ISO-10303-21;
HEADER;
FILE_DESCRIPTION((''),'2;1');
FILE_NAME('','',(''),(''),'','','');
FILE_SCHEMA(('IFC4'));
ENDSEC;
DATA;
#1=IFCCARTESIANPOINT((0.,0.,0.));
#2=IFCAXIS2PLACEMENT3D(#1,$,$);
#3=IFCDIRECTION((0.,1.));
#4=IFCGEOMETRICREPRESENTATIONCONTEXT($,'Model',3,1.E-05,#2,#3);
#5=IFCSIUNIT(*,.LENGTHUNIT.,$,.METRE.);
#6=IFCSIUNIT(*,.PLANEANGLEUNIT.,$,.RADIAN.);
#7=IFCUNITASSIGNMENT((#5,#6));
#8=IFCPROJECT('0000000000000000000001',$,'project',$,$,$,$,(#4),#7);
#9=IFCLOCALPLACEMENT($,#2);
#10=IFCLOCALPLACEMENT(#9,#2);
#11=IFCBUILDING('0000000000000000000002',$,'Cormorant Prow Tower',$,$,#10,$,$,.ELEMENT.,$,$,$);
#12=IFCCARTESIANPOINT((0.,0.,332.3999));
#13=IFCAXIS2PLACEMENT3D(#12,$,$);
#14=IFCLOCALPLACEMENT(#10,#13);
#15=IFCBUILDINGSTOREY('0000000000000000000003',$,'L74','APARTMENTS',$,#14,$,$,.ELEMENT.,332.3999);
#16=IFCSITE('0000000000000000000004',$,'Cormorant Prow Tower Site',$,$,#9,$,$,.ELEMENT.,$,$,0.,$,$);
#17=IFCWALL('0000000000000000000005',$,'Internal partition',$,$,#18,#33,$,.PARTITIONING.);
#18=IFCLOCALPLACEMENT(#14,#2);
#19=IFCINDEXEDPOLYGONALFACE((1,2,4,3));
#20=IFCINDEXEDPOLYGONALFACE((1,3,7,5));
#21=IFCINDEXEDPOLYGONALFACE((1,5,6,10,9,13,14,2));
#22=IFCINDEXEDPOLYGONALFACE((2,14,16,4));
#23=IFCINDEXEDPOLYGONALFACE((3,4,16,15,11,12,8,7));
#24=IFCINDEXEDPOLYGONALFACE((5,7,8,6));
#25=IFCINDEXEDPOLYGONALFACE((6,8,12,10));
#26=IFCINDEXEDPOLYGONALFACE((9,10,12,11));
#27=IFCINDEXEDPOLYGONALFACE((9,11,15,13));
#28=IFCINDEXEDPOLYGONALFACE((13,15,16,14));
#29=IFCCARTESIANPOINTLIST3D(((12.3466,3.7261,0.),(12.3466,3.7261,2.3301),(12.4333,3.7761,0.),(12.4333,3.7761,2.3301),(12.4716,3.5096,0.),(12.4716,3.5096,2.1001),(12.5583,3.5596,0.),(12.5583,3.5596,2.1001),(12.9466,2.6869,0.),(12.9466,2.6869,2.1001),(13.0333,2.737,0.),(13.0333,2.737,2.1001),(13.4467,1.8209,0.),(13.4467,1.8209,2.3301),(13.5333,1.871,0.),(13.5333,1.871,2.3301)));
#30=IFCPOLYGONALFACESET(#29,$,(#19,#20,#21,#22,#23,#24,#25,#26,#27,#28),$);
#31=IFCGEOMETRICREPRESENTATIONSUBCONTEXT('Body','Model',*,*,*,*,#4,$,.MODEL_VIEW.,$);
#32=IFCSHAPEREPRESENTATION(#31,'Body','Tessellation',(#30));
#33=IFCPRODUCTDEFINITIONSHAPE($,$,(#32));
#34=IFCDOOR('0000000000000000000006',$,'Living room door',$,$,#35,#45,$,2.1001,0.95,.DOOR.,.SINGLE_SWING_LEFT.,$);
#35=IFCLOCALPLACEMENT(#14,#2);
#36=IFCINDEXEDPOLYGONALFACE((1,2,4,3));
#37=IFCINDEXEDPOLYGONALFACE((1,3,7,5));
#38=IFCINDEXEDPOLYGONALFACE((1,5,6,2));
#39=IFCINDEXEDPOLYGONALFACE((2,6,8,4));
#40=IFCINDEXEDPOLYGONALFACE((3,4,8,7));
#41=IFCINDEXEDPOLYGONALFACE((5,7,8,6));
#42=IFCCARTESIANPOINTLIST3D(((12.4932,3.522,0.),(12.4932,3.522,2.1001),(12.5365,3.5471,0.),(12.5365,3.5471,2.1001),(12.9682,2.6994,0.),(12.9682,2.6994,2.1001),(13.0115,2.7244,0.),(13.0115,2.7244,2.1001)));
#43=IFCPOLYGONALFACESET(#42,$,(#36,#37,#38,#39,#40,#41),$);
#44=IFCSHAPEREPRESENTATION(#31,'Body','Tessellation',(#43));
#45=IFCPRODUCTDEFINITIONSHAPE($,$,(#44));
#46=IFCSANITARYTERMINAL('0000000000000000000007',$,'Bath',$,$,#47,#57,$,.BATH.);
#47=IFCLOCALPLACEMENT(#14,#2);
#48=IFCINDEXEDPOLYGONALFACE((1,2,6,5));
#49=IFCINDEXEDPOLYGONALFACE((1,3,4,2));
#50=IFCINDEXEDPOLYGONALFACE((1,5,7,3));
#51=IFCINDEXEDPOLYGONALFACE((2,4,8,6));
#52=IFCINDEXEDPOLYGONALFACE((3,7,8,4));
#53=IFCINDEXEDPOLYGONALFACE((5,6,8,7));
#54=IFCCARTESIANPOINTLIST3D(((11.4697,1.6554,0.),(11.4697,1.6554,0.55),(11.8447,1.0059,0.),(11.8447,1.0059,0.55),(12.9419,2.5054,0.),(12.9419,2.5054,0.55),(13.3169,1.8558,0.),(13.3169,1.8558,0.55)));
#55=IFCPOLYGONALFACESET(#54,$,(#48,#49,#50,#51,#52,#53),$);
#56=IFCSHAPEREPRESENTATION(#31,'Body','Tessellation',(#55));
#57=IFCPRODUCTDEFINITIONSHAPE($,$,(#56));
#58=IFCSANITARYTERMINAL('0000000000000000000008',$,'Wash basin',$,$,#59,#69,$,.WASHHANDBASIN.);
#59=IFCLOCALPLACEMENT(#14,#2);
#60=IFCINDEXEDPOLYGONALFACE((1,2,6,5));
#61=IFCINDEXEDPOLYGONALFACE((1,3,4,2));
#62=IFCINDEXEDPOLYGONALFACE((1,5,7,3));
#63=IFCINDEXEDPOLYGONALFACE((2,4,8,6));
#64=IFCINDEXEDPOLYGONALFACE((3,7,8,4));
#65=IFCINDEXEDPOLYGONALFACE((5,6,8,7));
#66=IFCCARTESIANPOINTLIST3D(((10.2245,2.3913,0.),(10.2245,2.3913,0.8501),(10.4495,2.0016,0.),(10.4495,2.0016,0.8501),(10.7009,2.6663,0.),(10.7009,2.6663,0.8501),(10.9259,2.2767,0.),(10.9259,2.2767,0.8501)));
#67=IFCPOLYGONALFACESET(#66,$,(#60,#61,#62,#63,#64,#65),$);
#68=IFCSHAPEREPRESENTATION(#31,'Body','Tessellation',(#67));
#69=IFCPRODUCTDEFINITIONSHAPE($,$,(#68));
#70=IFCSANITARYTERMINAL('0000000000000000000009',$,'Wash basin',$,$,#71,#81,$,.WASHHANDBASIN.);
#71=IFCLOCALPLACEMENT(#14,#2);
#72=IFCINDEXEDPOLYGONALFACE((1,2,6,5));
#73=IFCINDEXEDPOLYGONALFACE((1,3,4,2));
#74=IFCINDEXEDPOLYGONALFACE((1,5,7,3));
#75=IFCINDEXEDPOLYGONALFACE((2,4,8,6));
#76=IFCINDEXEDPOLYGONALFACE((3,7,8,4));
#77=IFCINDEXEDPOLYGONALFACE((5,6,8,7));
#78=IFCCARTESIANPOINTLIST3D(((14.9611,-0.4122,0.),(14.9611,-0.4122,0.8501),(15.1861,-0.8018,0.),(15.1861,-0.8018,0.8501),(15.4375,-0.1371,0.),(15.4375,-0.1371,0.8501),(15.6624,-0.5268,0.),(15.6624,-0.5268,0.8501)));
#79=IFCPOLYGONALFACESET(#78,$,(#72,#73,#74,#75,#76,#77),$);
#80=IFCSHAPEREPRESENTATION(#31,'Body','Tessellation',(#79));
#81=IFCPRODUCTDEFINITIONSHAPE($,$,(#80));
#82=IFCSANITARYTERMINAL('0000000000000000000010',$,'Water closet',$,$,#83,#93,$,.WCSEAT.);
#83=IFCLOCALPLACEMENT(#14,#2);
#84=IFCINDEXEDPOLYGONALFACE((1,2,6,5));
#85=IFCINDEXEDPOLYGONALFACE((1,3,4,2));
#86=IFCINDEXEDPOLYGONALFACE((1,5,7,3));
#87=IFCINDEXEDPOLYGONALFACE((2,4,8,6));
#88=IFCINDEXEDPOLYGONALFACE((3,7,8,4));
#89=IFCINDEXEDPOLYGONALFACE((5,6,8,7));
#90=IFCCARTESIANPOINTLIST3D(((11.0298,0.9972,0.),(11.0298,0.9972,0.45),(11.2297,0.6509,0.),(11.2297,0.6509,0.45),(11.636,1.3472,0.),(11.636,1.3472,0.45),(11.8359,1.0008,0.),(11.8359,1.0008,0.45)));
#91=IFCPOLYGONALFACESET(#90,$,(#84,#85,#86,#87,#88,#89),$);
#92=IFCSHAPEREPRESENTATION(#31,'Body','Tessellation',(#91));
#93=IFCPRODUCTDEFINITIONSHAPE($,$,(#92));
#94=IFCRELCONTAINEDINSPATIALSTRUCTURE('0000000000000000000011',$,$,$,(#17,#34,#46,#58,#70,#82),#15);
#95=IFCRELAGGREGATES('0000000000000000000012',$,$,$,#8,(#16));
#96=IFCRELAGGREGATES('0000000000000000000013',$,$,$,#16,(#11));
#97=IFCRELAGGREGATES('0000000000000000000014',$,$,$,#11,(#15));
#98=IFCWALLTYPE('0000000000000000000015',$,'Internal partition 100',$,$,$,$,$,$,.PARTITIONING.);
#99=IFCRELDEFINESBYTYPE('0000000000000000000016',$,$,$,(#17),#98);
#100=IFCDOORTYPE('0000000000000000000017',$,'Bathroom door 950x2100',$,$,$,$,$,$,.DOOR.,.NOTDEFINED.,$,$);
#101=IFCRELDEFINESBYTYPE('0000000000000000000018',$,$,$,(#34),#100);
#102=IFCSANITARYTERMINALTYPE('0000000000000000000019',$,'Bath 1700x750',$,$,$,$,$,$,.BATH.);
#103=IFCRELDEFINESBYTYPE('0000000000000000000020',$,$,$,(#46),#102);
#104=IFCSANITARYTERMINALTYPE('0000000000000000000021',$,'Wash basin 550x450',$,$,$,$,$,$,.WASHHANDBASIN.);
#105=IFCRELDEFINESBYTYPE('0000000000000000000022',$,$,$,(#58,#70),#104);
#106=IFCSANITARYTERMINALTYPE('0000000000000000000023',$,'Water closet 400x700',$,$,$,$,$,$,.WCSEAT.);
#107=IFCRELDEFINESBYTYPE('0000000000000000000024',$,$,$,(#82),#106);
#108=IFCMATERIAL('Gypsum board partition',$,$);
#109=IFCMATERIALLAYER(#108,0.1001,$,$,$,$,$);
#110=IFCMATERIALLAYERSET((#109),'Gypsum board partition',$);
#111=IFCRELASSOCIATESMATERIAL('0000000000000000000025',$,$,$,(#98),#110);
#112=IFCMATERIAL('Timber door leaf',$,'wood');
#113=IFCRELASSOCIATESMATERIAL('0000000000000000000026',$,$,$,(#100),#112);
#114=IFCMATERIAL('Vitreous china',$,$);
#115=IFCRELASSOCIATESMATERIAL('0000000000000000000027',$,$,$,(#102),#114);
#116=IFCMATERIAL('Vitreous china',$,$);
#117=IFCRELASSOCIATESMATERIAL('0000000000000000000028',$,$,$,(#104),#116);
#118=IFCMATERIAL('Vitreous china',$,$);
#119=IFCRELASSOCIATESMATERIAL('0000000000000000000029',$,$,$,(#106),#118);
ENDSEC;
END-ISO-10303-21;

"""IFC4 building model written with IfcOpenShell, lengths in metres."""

from ifc_helpers import new_model, si_unit, direction, frame, frame_2d, origin, origin_2d, place, context, subcontext, project, spatial, rectangle, extrude, material, layer, layer_set, type_object, element, fill, save


model = new_model("IFC4")

# Units and contexts
model_context = context("Model", 3, precision=1e-05, world=origin(), true_north=direction((0.0, 1.0)))
body_context = subcontext(model_context, "Body", "Model", "MODEL_VIEW")
ifc_project = project(units=[si_unit("LENGTHUNIT", "METRE"), si_unit("PLANEANGLEUNIT", "RADIAN")], contexts=[model_context])

# Site, building, storey
site_placement = place(None, origin())
site = spatial("IfcSite", under=ifc_project, at=site_placement, Name="Cormorant Prow Tower Site", CompositionType="ELEMENT", RefElevation=0.0)
building_placement = place(site_placement, origin())
building = spatial("IfcBuilding", under=site, at=building_placement, Name="Cormorant Prow Tower", CompositionType="ELEMENT")
storey_placement = place(building_placement, frame((0.0, 0.0, 332.3999)))
storey = spatial("IfcBuildingStorey", under=building, at=storey_placement, Name="L74", Description="APARTMENTS", CompositionType="ELEMENT", Elevation=332.3999)

# Shared definitions
ifc_material_1 = material(Name="Gypsum board partition")
ifc_layer_1 = layer(ifc_material_1, 0.1001)
ifc_layer_set_1 = layer_set([ifc_layer_1], Name="Gypsum board partition")
wall_type_1 = type_object("IfcWallType", Name="Internal partition 100", PredefinedType="PARTITIONING", material=ifc_layer_set_1)
ifc_material_2 = material(Name="Timber door leaf", Category="wood")
door_type = type_object("IfcDoorType", Name="Bathroom door 950x2100", OperationType="NOTDEFINED", PredefinedType="DOOR", material=ifc_material_2)

# Wall, opening, door
wall_1_placement = place(storey_placement, frame((12.3899, 3.7512, 0.0), z_axis=(0.0, 0.0, 1.0), x_axis=(0.50003, -0.866008, 0.0)))
wall_1 = element("IfcWall", 1, at=wall_1_placement, inside=storey, type_object=wall_type_1, Name="Internal partition", PredefinedType="PARTITIONING", context=body_context, shape_type="SweptSolid", body=[
    extrude(rectangle(XDim=2.2, YDim=0.1001, at=frame_2d((1.1001, 0.0))), origin(), (0.0, 0.0, 1.0), 2.3301),
])
opening_1_placement = place(wall_1_placement, frame((0.25, 0.0, 0.0)))
opening_1 = element("IfcOpeningElement", 2, at=opening_1_placement, cuts=wall_1, PredefinedType="OPENING", context=body_context, shape_type="SweptSolid", body=[
    extrude(rectangle(XDim=0.95, YDim=2.1001, at=frame_2d((0.4751, 1.05))), frame((0.0, 0.0601, 0.0), z_axis=(0.0, -1.0, 0.0), x_axis=(1.0, 0.0, 0.0)), (0.0, 0.0, 1.0), 0.1201),
])
door_1_placement = place(opening_1_placement, origin())
door_1 = element("IfcDoor", 3, at=door_1_placement, inside=storey, type_object=door_type, Name="Living room door", OperationType="SINGLE_SWING_LEFT", OverallHeight=2.1001, OverallWidth=0.95, PredefinedType="DOOR", context=body_context, shape_type="SweptSolid", body=[
    extrude(rectangle(XDim=0.95, YDim=2.1001, at=frame_2d((0.4751, 1.05))), frame((0.0, 0.0249, 0.0), z_axis=(0.0, -1.0, 0.0), x_axis=(1.0, 0.0, 0.0)), (0.0, 0.0, 1.0), 0.05),
])
fill(opening_1, door_1)

# Sanitary terminals
ifc_material_3 = material(Name="Vitreous china")
sanitary_terminal_type_1 = type_object("IfcSanitaryTerminalType", Name="Bath 1700x750", PredefinedType="BATH", material=ifc_material_3)
sanitary_terminal_1_placement = place(storey_placement, frame((12.3933, 1.7556, 0.0), z_axis=(0.0, 0.0, 1.0), x_axis=(-0.866025, -0.5, 0.0)))
element("IfcSanitaryTerminal", 4, at=sanitary_terminal_1_placement, inside=storey, type_object=sanitary_terminal_type_1, Name="Bath", PredefinedType="BATH", context=body_context, shape_type="SweptSolid", body=[
    extrude(rectangle(XDim=1.7, YDim=0.75, at=origin_2d()), origin(), (0.0, 0.0, 1.0), 0.55),
])
ifc_material_4 = material(Name="Vitreous china")
sanitary_terminal_type_2 = type_object("IfcSanitaryTerminalType", Name="Wash basin 550x450", PredefinedType="WASHHANDBASIN", material=ifc_material_4)
for number, where, z_axis, x_axis, name in (
    (5, (10.5752, 2.334, 0.0), (0.0, 0.0, 1.0), (0.866025, 0.5, 0.0), "Wash basin"),
    (6, (15.3118, -0.4695, 0.0), (0.0, 0.0, 1.0), (0.866025, 0.5, 0.0), "Wash basin"),
):
    element("IfcSanitaryTerminal", number, at=place(storey_placement, frame(where, z_axis=z_axis, x_axis=x_axis)), inside=storey, type_object=sanitary_terminal_type_2, Name=name, PredefinedType="WASHHANDBASIN", context=body_context, shape_type="SweptSolid", body=[
        extrude(rectangle(XDim=0.55, YDim=0.45, at=origin_2d()), origin(), (0.0, 0.0, 1.0), 0.8501),
    ])
ifc_material_5 = material(Name="Vitreous china")
sanitary_terminal_type_3 = type_object("IfcSanitaryTerminalType", Name="Water closet 400x700", PredefinedType="WCSEAT", material=ifc_material_5)
sanitary_terminal_2_placement = place(storey_placement, frame((11.4329, 0.999, 0.0), z_axis=(0.0, 0.0, 1.0), x_axis=(-0.5, 0.866025, 0.0)))
element("IfcSanitaryTerminal", 7, at=sanitary_terminal_2_placement, inside=storey, type_object=sanitary_terminal_type_3, Name="Water closet", PredefinedType="WCSEAT", context=body_context, shape_type="SweptSolid", body=[
    extrude(rectangle(XDim=0.3999, YDim=0.7, at=origin_2d()), origin(), (0.0, 0.0, 1.0), 0.45),
])

save(model, "model.ifc")
